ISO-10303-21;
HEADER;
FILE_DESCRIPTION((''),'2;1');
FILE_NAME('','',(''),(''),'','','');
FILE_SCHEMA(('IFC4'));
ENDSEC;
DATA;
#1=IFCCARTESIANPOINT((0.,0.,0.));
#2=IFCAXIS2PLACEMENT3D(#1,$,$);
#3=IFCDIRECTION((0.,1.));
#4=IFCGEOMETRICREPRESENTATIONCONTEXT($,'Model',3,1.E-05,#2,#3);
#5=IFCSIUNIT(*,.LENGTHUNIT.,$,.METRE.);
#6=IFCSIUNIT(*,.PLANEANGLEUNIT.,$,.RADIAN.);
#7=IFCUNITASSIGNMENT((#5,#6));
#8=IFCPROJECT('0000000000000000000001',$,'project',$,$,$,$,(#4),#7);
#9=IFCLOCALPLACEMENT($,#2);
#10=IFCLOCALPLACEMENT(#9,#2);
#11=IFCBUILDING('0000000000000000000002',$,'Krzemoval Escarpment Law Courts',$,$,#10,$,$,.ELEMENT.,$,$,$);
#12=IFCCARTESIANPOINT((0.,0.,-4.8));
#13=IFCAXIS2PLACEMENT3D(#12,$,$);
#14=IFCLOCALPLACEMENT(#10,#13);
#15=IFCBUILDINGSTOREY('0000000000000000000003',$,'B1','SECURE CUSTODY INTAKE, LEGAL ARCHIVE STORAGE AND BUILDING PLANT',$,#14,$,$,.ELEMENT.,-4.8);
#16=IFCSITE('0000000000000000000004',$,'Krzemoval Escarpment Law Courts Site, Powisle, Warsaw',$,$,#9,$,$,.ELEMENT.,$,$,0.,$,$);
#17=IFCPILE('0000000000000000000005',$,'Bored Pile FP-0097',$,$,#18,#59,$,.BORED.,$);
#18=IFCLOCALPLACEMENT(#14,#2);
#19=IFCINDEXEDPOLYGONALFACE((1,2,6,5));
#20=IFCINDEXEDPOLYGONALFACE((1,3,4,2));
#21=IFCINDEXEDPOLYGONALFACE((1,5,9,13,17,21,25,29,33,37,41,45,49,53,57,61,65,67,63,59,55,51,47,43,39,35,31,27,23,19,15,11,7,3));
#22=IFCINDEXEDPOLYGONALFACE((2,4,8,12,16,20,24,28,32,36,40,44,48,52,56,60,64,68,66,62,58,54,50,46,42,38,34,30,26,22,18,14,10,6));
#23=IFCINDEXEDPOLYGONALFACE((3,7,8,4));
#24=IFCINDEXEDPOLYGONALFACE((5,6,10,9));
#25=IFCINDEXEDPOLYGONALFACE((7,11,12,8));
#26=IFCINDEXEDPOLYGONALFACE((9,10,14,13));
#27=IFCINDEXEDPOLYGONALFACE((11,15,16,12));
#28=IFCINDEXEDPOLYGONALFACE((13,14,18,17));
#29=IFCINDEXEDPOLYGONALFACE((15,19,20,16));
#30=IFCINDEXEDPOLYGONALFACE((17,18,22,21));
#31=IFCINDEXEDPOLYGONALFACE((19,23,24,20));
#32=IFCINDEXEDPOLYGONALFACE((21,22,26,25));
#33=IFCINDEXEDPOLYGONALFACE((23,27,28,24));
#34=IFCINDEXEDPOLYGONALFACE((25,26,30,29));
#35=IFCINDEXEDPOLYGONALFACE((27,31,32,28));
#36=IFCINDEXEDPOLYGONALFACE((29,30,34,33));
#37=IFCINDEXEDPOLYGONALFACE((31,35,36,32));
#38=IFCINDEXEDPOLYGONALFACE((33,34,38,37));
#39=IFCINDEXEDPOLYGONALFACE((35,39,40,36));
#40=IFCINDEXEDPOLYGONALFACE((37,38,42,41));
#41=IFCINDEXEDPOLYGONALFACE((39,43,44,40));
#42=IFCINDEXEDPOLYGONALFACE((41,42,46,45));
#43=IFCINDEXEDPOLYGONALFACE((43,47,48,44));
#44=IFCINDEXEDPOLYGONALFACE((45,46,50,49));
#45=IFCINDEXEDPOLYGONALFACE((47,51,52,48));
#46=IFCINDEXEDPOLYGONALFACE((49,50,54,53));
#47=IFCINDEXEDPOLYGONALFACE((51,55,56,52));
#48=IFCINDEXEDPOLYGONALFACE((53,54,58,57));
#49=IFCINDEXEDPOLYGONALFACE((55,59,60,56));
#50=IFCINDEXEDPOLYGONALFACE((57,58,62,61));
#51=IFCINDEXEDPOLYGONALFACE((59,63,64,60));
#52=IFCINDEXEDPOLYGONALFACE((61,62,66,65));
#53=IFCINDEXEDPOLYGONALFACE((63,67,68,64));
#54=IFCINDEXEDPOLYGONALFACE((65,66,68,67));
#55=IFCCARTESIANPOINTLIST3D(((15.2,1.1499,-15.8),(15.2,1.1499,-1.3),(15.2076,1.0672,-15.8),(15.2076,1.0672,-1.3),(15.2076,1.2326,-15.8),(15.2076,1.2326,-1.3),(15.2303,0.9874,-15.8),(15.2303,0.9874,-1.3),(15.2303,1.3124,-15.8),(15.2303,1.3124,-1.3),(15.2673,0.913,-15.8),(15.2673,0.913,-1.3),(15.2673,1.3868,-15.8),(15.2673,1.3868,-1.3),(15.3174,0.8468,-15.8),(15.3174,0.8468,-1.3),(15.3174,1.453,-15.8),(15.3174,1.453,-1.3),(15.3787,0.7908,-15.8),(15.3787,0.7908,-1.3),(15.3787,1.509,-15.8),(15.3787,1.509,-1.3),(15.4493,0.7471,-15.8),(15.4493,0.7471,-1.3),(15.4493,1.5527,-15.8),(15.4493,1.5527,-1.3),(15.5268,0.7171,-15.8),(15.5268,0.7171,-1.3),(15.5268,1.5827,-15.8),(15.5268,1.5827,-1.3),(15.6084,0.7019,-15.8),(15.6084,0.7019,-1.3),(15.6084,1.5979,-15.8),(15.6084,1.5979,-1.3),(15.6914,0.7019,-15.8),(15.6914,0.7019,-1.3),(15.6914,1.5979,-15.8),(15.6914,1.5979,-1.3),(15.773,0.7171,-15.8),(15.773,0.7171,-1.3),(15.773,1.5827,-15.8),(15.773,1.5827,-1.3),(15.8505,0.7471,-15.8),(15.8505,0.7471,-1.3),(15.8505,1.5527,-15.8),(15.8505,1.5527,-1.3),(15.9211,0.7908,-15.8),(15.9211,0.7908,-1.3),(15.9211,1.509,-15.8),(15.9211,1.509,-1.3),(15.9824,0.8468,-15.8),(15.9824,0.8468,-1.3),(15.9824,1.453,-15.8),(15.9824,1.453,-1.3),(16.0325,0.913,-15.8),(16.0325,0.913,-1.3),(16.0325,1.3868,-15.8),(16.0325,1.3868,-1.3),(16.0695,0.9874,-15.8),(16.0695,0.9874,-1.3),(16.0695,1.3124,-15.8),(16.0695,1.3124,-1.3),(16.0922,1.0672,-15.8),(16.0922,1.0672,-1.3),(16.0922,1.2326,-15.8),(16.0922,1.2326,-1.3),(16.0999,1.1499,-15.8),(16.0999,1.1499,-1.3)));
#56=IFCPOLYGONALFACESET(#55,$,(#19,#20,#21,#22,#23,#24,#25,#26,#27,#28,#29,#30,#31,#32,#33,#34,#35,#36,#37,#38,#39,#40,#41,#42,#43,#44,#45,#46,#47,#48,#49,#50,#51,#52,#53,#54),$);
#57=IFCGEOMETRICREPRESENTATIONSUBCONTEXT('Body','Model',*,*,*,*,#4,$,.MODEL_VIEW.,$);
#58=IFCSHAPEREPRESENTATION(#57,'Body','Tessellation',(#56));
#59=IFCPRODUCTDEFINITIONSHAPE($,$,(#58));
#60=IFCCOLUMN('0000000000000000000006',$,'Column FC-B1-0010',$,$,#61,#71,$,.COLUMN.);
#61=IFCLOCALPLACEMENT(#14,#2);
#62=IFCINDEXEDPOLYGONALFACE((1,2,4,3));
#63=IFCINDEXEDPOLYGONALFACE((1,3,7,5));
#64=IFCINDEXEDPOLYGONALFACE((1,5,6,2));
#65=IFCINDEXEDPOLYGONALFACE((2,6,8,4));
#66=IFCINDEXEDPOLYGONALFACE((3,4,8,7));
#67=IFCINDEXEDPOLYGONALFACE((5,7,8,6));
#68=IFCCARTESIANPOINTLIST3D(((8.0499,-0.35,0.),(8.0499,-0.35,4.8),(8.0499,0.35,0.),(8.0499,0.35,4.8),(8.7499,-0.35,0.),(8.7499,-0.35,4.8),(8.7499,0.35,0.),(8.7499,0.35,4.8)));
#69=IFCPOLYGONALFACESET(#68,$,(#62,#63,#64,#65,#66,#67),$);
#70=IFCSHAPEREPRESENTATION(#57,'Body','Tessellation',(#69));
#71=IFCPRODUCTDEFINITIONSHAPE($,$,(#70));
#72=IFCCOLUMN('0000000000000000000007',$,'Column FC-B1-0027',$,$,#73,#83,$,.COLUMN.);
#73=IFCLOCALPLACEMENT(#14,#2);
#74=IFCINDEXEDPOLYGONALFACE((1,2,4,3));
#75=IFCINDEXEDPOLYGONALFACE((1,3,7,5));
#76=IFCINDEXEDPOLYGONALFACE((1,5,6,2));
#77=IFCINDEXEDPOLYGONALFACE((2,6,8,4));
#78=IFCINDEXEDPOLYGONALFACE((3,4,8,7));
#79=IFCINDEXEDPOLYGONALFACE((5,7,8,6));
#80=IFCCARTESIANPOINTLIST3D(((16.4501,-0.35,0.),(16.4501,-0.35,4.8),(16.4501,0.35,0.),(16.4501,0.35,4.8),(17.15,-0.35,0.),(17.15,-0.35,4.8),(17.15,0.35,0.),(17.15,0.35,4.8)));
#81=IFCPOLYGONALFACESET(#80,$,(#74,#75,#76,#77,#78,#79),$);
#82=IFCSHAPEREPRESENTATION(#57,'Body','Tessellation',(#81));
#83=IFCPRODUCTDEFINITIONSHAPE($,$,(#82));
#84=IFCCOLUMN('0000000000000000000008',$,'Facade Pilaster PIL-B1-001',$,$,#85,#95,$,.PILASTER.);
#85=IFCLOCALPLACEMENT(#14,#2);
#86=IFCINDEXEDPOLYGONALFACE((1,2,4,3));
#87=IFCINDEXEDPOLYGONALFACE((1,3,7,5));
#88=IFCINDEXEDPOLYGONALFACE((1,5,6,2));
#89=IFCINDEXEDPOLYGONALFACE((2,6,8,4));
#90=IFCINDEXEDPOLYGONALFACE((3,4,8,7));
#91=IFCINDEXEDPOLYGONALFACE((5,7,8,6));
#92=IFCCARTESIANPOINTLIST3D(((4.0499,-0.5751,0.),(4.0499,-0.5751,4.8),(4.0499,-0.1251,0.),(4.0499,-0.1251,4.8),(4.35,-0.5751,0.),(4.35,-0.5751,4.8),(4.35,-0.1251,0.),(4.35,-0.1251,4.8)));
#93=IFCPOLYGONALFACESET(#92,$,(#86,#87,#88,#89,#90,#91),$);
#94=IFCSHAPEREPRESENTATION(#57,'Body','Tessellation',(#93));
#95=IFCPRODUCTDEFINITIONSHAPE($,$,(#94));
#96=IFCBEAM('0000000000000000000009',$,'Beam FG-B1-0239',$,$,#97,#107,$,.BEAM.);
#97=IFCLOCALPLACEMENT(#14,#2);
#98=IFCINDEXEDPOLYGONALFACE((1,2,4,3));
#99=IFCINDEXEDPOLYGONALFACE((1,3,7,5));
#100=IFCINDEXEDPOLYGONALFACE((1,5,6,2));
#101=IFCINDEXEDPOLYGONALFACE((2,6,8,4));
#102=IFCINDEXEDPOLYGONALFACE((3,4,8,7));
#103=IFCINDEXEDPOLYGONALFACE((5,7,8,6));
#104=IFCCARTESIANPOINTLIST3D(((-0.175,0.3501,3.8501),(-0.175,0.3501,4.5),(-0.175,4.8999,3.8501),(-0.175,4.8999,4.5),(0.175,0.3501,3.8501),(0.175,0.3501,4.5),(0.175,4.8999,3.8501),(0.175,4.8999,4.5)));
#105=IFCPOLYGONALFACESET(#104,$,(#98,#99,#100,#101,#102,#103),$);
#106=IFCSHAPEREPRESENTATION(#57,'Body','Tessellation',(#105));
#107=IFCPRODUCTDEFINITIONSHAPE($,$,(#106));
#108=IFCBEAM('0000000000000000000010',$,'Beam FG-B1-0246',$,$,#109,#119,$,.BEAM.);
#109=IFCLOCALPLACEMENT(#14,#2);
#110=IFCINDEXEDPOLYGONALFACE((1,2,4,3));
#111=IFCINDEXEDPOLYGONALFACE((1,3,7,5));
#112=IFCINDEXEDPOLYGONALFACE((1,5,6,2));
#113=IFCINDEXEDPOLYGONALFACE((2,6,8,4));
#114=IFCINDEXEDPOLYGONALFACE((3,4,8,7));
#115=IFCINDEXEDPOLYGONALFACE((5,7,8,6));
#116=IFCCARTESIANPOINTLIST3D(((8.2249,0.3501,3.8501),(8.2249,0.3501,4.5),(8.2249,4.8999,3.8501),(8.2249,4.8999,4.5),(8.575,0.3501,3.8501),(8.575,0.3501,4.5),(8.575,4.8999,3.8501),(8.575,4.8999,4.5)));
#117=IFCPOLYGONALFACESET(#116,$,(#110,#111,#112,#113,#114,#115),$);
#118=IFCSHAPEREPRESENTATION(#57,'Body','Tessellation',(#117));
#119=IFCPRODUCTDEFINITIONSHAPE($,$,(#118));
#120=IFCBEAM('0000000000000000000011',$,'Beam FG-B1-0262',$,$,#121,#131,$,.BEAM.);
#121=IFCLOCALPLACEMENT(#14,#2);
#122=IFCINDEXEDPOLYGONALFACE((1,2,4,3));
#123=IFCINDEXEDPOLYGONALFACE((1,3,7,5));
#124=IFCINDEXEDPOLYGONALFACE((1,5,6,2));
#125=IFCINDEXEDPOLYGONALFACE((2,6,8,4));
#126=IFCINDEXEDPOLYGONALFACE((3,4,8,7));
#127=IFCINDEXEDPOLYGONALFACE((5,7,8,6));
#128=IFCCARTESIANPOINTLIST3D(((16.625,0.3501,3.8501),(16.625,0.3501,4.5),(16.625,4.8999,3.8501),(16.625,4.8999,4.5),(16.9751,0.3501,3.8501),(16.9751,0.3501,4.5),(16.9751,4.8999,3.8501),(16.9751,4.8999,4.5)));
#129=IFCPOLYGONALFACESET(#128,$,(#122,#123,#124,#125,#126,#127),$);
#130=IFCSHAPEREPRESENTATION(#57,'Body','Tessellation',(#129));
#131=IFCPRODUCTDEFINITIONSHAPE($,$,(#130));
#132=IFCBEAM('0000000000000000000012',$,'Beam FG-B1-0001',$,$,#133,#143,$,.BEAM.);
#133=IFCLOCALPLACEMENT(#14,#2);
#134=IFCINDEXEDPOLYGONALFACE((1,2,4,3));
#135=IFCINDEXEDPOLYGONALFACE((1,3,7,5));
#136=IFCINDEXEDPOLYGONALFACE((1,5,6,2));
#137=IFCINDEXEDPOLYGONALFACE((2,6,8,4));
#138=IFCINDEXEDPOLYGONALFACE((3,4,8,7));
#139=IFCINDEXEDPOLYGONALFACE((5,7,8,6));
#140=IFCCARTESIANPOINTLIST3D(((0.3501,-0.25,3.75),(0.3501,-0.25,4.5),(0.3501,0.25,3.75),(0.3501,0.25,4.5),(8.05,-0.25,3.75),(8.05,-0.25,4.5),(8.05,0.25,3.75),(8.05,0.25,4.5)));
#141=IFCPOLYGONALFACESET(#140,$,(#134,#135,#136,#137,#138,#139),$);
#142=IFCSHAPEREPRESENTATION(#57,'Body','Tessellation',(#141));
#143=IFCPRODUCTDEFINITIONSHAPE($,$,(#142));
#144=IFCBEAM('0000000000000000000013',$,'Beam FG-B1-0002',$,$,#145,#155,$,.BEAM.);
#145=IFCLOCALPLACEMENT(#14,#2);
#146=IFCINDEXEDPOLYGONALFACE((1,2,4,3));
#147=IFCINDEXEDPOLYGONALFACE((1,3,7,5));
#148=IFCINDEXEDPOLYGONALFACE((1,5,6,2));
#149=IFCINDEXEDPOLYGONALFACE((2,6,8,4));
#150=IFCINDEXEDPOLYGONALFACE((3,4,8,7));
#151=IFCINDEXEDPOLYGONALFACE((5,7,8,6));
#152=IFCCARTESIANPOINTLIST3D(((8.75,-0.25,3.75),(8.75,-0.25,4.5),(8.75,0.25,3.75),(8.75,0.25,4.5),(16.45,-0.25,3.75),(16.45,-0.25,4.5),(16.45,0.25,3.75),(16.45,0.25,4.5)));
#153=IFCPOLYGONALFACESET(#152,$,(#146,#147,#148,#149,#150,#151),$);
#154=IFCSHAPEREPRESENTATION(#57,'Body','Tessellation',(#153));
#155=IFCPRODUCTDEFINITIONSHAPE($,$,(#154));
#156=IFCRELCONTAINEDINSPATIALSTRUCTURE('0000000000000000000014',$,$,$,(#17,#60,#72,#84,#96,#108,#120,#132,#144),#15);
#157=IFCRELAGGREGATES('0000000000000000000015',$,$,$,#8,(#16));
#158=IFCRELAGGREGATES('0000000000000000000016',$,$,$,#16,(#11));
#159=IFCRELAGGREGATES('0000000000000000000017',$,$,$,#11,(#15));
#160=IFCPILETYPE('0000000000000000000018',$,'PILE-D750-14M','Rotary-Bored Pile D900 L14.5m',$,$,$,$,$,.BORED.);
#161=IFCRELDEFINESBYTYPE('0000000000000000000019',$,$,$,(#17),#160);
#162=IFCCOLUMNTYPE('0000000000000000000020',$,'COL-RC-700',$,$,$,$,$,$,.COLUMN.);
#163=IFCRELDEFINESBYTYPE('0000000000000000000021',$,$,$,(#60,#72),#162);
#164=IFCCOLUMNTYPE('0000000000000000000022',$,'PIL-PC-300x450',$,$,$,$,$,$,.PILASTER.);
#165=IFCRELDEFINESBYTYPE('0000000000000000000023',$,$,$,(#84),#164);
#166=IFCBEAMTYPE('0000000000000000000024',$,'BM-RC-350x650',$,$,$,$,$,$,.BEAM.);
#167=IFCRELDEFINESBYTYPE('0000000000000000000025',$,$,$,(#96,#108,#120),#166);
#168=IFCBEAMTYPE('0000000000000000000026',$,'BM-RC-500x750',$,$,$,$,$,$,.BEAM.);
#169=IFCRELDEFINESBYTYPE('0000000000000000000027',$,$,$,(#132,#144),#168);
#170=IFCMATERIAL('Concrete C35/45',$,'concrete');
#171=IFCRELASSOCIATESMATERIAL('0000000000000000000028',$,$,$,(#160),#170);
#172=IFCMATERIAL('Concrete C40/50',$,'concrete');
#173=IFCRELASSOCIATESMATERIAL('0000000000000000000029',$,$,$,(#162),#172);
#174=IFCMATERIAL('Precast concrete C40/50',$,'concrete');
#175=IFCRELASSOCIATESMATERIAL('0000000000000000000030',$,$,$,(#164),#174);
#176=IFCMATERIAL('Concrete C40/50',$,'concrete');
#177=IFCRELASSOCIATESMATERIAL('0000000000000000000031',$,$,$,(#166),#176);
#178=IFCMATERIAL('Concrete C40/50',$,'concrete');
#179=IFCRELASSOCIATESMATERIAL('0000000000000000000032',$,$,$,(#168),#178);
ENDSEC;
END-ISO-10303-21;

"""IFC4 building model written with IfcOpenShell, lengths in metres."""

from ifc_helpers import new_model, si_unit, direction, frame, origin, origin_2d, place, context, subcontext, project, spatial, rectangle, circle, extrude, material, material_profile, profile_set, type_object, element, save


model = new_model("IFC4")

# Units and contexts
model_context = context("Model", 3, precision=1e-05, world=origin(), true_north=direction((0.0, 1.0)))
body_context = subcontext(model_context, "Body", "Model", "MODEL_VIEW")
ifc_project = project(units=[si_unit("LENGTHUNIT", "METRE"), si_unit("PLANEANGLEUNIT", "RADIAN")], contexts=[model_context])

# Site, building, storey
site_placement = place(None, origin())
site = spatial("IfcSite", under=ifc_project, at=site_placement, Name="Krzemoval Escarpment Law Courts Site, Powisle, Warsaw", CompositionType="ELEMENT", RefElevation=0.0)
building_placement = place(site_placement, origin())
building = spatial("IfcBuilding", under=site, at=building_placement, Name="Krzemoval Escarpment Law Courts", CompositionType="ELEMENT")
storey_placement = place(building_placement, frame((0.0, 0.0, -4.8)))
storey = spatial("IfcBuildingStorey", under=building, at=storey_placement, Name="B1", Description="SECURE CUSTODY INTAKE, LEGAL ARCHIVE STORAGE AND BUILDING PLANT", CompositionType="ELEMENT", Elevation=-4.8)

# Pile
ifc_material_1 = material(Name="Concrete C35/45", Category="concrete")
ifc_material_profile_1 = material_profile(ifc_material_1, circle(Radius=0.45, at=origin_2d()), Name="PILE D900")
ifc_profile_set_1 = profile_set([ifc_material_profile_1], Name="Concrete C35/45")
pile_type = type_object("IfcPileType", Name="PILE-D750-14M", Description="Rotary-Bored Pile D900 L14.5m", PredefinedType="BORED", material=ifc_profile_set_1)
for number, where, z_axis, x_axis, name in (
    (1, (15.6499, 1.1499, -1.3), (0.0, 0.0, -1.0), (1.0, 0.0, 0.0), "Bored Pile FP-0097"),
):
    element("IfcPile", number, at=place(storey_placement, frame(where, z_axis=z_axis, x_axis=x_axis)), inside=storey, type_object=pile_type, Name=name, PredefinedType="BORED", context=body_context, shape_type="SweptSolid", body=[
        extrude(circle(Radius=0.45, at=origin_2d()), origin(), (0.0, 0.0, 1.0), 14.5),
    ])

# Columns
ifc_material_2 = material(Name="Concrete C40/50", Category="concrete")
ifc_material_profile_2 = material_profile(ifc_material_2, rectangle(XDim=0.7, YDim=0.7, at=origin_2d()), Name="RC 700x700")
ifc_profile_set_2 = profile_set([ifc_material_profile_2], Name="Concrete C40/50")
column_type_1 = type_object("IfcColumnType", Name="COL-RC-700", PredefinedType="COLUMN", material=ifc_profile_set_2)
for number, where, z_axis, x_axis, name in (
    (2, (8.3999, 0.0, 0.0), (0.0, 0.0, 1.0), (1.0, 0.0, 0.0), "Column FC-B1-0010"),
    (3, (16.8, 0.0, 0.0), (0.0, 0.0, 1.0), (1.0, 0.0, 0.0), "Column FC-B1-0027"),
):
    element("IfcColumn", number, at=place(storey_placement, frame(where, z_axis=z_axis, x_axis=x_axis)), inside=storey, type_object=column_type_1, Name=name, PredefinedType="COLUMN", context=body_context, shape_type="SweptSolid", body=[
        extrude(rectangle(XDim=0.7, YDim=0.7, at=origin_2d()), origin(), (0.0, 0.0, 1.0), 4.8),
    ])
ifc_material_3 = material(Name="Precast concrete C40/50", Category="concrete")
ifc_material_profile_3 = material_profile(ifc_material_3, rectangle(XDim=0.3, YDim=0.45, at=origin_2d()), Name="PIL 300x450")
ifc_profile_set_3 = profile_set([ifc_material_profile_3], Name="Precast concrete C40/50")
column_type_2 = type_object("IfcColumnType", Name="PIL-PC-300x450", PredefinedType="PILASTER", material=ifc_profile_set_3)
column_placement = place(storey_placement, frame((4.2, -0.3501, 0.0), z_axis=(0.0, 0.0, 1.0), x_axis=(1.0, 0.0, 0.0)))
element("IfcColumn", 4, at=column_placement, inside=storey, type_object=column_type_2, Name="Facade Pilaster PIL-B1-001", PredefinedType="PILASTER", context=body_context, shape_type="SweptSolid", body=[
    extrude(rectangle(XDim=0.3, YDim=0.45, at=origin_2d()), origin(), (0.0, 0.0, 1.0), 4.8),
])

# Beams
ifc_material_4 = material(Name="Concrete C40/50", Category="concrete")
ifc_material_profile_4 = material_profile(ifc_material_4, rectangle(XDim=0.3501, YDim=0.6499, at=origin_2d()), Name="RCB 350x650")
ifc_profile_set_4 = profile_set([ifc_material_profile_4], Name="Concrete C40/50")
beam_type_1 = type_object("IfcBeamType", Name="BM-RC-350x650", PredefinedType="BEAM", material=ifc_profile_set_4)
for number, where, z_axis, x_axis, name in (
    (5, (0.0, 0.3501, 4.175), (0.0, 1.0, 0.0), (-1.0, 0.0, 0.0), "Beam FG-B1-0239"),
    (6, (8.3999, 0.3501, 4.175), (0.0, 1.0, 0.0), (-1.0, 0.0, 0.0), "Beam FG-B1-0246"),
    (7, (16.8, 0.3501, 4.175), (0.0, 1.0, 0.0), (-1.0, 0.0, 0.0), "Beam FG-B1-0262"),
):
    element("IfcBeam", number, at=place(storey_placement, frame(where, z_axis=z_axis, x_axis=x_axis)), inside=storey, type_object=beam_type_1, Name=name, PredefinedType="BEAM", context=body_context, shape_type="SweptSolid", body=[
        extrude(rectangle(XDim=0.3501, YDim=0.6499, at=origin_2d()), origin(), (0.0, 0.0, 1.0), 4.5498),
    ])
ifc_material_5 = material(Name="Concrete C40/50", Category="concrete")
ifc_material_profile_5 = material_profile(ifc_material_5, rectangle(XDim=0.5, YDim=0.75, at=origin_2d()), Name="RCB 500x750")
ifc_profile_set_5 = profile_set([ifc_material_profile_5], Name="Concrete C40/50")
beam_type_2 = type_object("IfcBeamType", Name="BM-RC-500x750", PredefinedType="BEAM", material=ifc_profile_set_5)
for number, where, z_axis, x_axis, name in (
    (8, (0.3501, 0.0, 4.125), (1.0, 0.0, 0.0), (0.0, 1.0, 0.0), "Beam FG-B1-0001"),
    (9, (8.75, 0.0, 4.125), (1.0, 0.0, 0.0), (0.0, 1.0, 0.0), "Beam FG-B1-0002"),
):
    element("IfcBeam", number, at=place(storey_placement, frame(where, z_axis=z_axis, x_axis=x_axis)), inside=storey, type_object=beam_type_2, Name=name, PredefinedType="BEAM", context=body_context, shape_type="SweptSolid", body=[
        extrude(rectangle(XDim=0.5, YDim=0.75, at=origin_2d()), origin(), (0.0, 0.0, 1.0), 7.7),
    ])

save(model, "model.ifc")
